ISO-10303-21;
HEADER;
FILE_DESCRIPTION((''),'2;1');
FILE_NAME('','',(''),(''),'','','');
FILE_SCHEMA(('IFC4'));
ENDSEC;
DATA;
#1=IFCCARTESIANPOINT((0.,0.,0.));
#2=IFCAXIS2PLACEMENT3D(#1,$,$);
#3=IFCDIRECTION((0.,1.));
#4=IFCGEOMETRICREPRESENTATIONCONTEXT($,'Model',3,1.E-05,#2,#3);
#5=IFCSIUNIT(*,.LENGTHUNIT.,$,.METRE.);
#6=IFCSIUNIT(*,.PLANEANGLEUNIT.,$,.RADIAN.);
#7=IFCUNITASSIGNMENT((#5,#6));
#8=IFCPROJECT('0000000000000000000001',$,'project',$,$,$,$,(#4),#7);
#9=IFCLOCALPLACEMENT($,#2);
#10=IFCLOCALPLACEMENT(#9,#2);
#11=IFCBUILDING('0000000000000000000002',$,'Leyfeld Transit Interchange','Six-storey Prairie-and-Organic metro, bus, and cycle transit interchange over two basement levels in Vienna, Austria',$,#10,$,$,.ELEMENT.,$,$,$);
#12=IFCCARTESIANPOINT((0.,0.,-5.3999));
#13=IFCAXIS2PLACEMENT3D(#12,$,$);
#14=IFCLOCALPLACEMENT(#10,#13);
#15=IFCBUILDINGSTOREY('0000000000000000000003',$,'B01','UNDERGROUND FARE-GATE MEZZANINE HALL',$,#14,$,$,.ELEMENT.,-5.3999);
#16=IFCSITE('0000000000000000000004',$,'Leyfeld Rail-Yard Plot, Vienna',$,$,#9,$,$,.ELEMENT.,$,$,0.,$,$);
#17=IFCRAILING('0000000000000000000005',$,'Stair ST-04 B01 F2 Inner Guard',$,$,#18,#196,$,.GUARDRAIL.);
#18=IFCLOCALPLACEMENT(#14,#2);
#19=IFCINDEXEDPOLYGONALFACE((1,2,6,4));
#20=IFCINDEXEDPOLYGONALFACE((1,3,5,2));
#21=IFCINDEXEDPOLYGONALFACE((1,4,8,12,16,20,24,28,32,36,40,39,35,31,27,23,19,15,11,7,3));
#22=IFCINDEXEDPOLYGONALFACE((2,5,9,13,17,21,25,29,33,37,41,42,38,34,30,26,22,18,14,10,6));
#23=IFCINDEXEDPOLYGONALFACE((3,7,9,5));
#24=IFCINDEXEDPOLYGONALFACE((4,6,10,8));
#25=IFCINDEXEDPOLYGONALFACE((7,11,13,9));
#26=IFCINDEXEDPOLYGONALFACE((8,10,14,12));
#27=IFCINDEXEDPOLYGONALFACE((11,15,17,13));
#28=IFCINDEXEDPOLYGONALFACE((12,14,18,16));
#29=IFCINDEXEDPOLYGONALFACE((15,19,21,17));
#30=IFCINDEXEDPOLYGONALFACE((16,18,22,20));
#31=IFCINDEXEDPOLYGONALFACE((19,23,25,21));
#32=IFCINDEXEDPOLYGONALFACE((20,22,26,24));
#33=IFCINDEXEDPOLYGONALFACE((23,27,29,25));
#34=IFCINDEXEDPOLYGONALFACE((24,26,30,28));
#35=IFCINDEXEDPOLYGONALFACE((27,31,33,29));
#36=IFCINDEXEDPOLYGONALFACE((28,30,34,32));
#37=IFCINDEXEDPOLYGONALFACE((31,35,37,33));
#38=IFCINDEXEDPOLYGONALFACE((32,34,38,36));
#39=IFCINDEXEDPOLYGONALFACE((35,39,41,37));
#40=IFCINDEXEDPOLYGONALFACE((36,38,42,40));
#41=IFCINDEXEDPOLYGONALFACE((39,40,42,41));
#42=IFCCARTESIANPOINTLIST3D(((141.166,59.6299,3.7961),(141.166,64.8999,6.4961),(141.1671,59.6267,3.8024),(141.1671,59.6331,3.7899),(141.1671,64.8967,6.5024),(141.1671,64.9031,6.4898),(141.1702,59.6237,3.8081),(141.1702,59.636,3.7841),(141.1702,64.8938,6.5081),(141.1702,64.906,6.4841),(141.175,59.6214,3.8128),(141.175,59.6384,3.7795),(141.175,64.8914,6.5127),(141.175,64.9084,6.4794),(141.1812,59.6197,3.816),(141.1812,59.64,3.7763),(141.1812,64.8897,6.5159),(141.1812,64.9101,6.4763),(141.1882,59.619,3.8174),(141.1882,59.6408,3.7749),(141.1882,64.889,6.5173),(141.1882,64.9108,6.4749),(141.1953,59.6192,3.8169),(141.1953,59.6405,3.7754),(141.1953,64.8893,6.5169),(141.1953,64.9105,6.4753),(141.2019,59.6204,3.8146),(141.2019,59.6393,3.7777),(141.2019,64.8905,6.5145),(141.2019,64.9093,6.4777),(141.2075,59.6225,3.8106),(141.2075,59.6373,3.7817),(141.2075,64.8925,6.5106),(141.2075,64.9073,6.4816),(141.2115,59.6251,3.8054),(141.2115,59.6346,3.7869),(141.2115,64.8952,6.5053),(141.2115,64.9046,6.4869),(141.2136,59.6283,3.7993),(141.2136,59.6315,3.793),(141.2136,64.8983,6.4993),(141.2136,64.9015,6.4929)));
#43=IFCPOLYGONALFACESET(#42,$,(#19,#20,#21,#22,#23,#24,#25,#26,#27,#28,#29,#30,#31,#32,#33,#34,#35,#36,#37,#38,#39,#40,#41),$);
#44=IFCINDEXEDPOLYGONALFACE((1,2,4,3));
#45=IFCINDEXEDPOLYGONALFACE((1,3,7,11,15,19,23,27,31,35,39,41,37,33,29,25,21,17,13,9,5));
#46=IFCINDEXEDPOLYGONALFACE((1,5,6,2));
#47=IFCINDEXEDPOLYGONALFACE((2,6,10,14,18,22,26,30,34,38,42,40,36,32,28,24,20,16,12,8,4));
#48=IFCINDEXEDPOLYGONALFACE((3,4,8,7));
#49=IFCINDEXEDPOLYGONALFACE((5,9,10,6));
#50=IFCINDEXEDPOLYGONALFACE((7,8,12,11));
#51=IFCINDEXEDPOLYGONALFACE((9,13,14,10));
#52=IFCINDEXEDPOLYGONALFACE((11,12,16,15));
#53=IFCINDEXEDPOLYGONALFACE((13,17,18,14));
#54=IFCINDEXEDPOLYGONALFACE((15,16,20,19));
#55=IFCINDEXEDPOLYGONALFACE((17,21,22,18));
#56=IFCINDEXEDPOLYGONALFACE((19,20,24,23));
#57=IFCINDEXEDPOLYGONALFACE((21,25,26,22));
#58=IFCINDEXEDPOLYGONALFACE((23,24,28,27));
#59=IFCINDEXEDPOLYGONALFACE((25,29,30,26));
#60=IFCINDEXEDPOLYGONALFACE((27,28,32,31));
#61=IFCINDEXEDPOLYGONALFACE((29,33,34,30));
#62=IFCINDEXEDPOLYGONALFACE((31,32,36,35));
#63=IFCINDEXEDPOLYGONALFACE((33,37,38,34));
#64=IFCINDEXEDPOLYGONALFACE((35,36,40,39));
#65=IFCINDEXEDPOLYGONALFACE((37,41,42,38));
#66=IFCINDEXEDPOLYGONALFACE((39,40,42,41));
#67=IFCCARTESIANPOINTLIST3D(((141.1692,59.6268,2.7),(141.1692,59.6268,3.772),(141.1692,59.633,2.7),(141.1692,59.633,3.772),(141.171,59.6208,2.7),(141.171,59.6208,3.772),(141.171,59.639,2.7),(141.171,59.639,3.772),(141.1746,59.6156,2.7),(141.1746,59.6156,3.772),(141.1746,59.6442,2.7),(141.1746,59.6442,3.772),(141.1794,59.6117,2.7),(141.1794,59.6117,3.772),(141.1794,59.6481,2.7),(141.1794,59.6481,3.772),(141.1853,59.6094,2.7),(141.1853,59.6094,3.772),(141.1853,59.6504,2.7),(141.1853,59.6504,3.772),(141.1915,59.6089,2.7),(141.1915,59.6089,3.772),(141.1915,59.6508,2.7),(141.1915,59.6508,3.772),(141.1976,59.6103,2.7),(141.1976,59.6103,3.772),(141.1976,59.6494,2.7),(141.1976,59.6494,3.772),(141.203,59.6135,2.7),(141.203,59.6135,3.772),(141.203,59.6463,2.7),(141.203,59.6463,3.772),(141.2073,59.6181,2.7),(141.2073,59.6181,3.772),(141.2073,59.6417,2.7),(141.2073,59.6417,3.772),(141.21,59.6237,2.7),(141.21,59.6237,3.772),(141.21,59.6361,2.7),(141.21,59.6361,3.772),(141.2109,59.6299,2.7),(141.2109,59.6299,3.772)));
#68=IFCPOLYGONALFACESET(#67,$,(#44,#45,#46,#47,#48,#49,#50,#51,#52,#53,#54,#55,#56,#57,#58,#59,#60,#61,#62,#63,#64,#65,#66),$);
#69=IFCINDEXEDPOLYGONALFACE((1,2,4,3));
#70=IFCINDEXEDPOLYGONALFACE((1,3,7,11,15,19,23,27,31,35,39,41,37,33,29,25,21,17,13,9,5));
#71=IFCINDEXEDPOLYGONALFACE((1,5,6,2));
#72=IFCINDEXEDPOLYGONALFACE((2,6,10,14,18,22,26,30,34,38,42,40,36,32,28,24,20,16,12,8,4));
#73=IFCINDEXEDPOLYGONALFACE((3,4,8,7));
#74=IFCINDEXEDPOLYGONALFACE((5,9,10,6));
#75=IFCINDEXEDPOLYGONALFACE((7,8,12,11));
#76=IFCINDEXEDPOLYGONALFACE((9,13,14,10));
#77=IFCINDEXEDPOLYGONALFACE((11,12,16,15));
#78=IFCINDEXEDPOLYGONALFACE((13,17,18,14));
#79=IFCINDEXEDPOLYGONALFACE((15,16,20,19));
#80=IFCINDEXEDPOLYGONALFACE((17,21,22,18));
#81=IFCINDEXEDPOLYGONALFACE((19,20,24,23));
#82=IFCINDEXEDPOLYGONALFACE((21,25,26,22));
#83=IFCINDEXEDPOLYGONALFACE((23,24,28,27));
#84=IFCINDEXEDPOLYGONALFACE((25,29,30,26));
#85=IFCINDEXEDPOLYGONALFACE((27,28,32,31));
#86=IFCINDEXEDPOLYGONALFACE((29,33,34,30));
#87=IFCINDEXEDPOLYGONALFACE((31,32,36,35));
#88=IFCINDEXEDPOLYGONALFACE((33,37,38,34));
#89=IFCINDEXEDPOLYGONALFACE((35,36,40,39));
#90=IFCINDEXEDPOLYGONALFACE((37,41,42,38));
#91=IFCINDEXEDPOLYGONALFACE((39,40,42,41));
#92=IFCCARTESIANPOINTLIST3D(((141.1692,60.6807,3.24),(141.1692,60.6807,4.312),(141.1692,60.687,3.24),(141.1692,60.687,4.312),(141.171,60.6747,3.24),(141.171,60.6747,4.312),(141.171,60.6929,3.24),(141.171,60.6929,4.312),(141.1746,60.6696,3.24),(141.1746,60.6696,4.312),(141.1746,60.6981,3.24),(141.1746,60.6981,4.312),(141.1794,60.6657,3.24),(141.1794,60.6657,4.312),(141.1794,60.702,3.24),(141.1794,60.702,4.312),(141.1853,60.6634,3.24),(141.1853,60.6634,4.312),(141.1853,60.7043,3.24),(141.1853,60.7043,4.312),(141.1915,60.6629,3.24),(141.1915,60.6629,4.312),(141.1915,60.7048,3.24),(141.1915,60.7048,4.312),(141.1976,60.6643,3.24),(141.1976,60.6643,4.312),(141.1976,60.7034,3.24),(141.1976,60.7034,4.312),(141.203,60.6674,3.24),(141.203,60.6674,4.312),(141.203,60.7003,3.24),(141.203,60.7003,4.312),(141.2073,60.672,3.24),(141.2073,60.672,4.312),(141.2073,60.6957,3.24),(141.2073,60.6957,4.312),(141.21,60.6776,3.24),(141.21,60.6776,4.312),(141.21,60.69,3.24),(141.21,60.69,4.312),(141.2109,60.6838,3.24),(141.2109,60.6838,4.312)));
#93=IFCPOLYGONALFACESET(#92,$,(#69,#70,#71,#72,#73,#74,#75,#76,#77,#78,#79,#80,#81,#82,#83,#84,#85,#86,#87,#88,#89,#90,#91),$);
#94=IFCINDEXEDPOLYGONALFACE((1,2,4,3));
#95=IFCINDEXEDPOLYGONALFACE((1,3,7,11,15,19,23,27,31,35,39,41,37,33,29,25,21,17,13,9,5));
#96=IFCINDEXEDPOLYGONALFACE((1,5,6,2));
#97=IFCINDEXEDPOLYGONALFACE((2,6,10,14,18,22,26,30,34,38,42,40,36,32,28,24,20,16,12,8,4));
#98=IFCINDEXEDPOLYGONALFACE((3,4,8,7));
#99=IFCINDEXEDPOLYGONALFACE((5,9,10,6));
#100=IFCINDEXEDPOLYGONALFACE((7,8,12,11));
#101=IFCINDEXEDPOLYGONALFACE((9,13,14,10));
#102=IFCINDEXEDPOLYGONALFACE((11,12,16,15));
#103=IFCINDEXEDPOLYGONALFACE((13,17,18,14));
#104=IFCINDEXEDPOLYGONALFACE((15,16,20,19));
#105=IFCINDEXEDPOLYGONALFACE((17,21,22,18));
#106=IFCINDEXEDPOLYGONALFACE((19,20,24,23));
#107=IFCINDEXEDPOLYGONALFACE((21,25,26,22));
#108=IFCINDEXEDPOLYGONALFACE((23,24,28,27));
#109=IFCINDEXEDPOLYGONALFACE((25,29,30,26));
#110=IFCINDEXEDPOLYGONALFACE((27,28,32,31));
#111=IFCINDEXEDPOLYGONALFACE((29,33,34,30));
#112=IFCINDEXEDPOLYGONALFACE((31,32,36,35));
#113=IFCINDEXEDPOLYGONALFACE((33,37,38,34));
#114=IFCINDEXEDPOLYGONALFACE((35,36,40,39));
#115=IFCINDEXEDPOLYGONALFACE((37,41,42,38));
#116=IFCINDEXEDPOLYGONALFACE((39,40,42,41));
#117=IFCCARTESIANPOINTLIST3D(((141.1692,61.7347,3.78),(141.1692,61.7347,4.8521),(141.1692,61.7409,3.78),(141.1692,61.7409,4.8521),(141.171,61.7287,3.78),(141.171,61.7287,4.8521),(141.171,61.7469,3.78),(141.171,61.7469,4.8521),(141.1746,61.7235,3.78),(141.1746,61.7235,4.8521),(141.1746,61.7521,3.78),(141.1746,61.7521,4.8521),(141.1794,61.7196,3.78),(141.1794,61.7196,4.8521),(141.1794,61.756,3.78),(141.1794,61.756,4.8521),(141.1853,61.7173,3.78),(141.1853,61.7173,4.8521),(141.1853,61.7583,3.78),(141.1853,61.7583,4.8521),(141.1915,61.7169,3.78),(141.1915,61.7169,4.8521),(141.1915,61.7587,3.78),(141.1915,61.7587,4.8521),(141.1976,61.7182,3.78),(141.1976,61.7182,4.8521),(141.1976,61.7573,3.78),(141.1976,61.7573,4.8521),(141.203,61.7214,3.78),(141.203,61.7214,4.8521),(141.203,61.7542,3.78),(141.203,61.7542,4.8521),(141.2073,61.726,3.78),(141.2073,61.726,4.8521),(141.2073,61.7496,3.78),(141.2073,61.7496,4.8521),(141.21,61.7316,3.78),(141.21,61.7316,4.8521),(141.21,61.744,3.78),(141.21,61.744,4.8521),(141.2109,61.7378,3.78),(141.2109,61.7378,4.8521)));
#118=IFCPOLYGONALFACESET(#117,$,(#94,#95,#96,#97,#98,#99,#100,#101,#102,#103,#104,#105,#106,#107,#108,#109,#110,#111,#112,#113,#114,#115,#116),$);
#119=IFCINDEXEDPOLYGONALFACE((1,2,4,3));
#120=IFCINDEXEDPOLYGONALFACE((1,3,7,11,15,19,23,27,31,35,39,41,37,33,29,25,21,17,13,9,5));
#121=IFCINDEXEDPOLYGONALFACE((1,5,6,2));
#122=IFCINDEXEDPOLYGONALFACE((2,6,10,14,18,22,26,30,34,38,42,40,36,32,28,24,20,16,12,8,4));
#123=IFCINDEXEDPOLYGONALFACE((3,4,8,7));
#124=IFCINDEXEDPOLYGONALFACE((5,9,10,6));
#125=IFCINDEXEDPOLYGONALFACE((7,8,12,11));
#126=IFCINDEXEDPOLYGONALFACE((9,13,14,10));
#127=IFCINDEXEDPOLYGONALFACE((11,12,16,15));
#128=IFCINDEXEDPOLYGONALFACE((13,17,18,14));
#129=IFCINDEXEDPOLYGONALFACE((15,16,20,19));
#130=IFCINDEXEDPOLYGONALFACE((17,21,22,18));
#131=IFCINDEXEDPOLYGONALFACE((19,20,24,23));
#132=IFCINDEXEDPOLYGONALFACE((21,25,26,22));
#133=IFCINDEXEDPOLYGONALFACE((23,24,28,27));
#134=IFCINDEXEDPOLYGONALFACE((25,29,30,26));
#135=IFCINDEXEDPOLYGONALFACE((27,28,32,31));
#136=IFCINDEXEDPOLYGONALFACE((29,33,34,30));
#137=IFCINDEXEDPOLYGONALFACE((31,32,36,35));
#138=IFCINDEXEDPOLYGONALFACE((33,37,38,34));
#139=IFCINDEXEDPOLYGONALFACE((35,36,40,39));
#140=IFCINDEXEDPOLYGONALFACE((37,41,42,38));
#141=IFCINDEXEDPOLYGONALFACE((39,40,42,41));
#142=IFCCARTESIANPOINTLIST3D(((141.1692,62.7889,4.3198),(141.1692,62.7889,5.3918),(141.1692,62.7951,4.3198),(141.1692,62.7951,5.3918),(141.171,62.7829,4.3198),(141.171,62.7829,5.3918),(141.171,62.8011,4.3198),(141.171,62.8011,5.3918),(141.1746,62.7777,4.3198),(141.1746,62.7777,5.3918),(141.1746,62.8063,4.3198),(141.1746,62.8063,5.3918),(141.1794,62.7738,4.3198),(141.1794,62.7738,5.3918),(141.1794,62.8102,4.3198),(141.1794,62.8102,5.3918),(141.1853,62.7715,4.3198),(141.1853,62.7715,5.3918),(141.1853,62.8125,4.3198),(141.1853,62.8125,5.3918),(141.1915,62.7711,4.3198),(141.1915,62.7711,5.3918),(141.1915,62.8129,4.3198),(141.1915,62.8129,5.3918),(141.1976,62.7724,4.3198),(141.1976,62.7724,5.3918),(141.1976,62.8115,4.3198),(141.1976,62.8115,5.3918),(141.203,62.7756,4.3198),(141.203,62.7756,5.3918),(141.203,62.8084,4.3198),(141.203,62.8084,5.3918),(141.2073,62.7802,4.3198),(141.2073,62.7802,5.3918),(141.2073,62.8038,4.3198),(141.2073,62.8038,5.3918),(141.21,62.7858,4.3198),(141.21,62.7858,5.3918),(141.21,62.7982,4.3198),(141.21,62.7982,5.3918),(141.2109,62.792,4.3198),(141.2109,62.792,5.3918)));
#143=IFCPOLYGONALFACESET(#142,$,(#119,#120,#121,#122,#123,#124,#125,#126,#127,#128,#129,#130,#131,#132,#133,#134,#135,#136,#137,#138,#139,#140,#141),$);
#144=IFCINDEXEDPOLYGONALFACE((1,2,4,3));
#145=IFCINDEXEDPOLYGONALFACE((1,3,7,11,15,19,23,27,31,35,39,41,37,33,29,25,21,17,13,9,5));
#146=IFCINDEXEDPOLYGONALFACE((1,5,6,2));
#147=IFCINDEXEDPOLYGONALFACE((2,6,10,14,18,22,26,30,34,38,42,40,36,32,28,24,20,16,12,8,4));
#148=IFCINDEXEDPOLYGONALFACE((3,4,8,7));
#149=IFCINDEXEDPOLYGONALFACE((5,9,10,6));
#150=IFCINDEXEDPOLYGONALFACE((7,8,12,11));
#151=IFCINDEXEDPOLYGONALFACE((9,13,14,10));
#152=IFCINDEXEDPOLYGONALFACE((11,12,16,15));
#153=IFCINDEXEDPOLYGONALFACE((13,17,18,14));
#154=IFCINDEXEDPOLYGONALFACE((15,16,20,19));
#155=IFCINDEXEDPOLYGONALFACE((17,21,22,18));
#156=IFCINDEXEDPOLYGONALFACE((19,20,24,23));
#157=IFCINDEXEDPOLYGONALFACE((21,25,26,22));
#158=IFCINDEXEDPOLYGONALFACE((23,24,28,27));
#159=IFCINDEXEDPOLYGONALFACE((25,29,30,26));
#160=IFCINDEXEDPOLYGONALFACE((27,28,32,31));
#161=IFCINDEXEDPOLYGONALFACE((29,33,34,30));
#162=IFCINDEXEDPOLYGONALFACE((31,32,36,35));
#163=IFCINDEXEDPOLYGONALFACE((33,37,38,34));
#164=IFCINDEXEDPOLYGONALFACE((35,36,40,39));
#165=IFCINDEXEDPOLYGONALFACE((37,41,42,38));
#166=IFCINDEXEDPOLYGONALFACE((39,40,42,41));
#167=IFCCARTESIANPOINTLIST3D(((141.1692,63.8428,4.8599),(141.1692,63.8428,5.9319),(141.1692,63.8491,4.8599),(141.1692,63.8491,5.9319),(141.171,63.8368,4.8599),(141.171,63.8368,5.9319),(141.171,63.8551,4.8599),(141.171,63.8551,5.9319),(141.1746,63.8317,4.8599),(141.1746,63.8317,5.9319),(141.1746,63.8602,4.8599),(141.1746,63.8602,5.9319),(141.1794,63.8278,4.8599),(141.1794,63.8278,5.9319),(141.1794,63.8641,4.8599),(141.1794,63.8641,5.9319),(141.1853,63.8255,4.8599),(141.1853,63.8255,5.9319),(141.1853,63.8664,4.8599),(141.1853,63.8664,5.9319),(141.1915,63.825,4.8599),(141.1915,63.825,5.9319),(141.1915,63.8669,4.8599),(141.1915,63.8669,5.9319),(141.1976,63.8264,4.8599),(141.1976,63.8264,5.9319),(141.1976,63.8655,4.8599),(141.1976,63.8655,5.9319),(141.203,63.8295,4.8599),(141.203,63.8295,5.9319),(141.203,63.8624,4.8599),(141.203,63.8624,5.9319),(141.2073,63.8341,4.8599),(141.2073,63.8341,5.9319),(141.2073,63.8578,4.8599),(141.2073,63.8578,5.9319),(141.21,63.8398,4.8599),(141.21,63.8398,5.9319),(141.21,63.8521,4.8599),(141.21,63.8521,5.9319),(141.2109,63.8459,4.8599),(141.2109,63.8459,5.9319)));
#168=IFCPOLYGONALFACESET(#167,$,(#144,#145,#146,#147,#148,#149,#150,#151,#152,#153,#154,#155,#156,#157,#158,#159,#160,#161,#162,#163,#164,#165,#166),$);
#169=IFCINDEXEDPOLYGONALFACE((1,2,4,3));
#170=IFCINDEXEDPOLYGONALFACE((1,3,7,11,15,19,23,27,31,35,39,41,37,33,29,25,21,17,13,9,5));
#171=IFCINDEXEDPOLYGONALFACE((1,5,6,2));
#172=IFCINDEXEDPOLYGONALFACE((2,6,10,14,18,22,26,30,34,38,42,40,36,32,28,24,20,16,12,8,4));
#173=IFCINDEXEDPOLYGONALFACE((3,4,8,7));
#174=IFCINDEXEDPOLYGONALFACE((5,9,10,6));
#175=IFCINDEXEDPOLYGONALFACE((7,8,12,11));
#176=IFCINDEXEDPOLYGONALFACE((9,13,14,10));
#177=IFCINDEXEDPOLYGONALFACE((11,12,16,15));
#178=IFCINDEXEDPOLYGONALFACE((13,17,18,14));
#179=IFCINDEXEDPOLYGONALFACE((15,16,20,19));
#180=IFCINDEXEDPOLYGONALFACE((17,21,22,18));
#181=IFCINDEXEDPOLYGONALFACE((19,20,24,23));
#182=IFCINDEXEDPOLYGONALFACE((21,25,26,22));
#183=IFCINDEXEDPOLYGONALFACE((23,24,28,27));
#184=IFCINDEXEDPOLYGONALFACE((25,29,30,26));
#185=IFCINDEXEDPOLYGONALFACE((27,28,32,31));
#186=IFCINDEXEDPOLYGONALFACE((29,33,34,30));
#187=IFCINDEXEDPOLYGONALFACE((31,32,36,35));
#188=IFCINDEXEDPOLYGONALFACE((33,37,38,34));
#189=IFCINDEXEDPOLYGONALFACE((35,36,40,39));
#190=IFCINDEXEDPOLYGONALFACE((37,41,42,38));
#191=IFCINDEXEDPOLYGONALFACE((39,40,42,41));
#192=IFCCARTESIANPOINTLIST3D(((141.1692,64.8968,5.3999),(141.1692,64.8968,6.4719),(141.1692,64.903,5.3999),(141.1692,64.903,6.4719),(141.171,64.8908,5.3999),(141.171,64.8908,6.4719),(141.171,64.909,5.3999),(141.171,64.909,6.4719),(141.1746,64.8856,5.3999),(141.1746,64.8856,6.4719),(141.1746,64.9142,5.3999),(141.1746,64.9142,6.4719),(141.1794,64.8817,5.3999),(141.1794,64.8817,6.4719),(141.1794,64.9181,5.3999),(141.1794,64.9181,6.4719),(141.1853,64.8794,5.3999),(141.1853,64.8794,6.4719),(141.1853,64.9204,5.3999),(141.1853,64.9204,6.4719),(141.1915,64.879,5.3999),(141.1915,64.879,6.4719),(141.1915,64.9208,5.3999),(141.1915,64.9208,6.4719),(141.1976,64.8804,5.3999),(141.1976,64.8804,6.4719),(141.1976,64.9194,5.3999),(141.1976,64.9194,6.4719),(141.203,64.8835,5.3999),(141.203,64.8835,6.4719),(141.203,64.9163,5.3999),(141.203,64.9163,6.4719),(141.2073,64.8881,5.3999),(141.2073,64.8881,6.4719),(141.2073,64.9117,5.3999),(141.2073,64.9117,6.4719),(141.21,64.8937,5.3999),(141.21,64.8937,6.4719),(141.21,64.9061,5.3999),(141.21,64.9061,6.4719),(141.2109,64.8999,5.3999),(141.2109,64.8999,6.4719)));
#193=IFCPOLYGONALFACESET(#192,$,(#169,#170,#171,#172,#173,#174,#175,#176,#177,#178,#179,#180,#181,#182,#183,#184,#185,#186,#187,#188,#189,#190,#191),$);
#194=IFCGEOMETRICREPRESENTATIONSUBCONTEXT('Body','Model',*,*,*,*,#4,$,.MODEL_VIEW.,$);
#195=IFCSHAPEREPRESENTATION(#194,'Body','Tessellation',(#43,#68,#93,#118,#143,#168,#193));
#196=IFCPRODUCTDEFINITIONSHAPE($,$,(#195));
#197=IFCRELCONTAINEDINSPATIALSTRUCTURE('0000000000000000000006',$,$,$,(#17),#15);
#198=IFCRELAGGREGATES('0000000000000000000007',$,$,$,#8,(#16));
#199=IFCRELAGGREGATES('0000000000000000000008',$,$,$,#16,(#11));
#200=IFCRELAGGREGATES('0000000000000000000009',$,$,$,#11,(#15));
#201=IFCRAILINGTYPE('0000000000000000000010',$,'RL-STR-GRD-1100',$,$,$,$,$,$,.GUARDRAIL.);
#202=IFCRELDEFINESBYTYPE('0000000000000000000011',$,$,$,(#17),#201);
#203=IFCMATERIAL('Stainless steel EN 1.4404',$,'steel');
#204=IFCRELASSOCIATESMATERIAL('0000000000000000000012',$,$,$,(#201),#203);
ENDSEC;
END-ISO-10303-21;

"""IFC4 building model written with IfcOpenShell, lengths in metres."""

from ifc_helpers import new_model, si_unit, direction, frame, origin, origin_2d, place, context, subcontext, project, spatial, circle, extrude, material, type_object, element, save


model = new_model("IFC4")

# Units and contexts
model_context = context("Model", 3, precision=1e-05, world=origin(), true_north=direction((0.0, 1.0)))
body_context = subcontext(model_context, "Body", "Model", "MODEL_VIEW")
ifc_project = project(units=[si_unit("LENGTHUNIT", "METRE"), si_unit("PLANEANGLEUNIT", "RADIAN")], contexts=[model_context])

# Site, building, storey
site_placement = place(None, origin())
site = spatial("IfcSite", under=ifc_project, at=site_placement, Name="Leyfeld Rail-Yard Plot, Vienna", CompositionType="ELEMENT", RefElevation=0.0)
building_placement = place(site_placement, origin())
building = spatial("IfcBuilding", under=site, at=building_placement, Name="Leyfeld Transit Interchange", Description="Six-storey Prairie-and-Organic metro, bus, and cycle transit interchange over two basement levels in Vienna, Austria", CompositionType="ELEMENT")
storey_placement = place(building_placement, frame((0.0, 0.0, -5.3999)))
storey = spatial("IfcBuildingStorey", under=building, at=storey_placement, Name="B01", Description="UNDERGROUND FARE-GATE MEZZANINE HALL", CompositionType="ELEMENT", Elevation=-5.3999)

# Railing
ifc_material_1 = material(Name="Stainless steel EN 1.4404", Category="steel")
railing_type_1 = type_object("IfcRailingType", Name="RL-STR-GRD-1100", PredefinedType="GUARDRAIL", material=ifc_material_1)
for number, where, name in (
    (1, (141.1899, 59.6299, 2.7), "Stair ST-04 B01 F2 Inner Guard"),
):
    element("IfcRailing", number, at=place(storey_placement, frame(where)), inside=storey, type_object=railing_type_1, Name=name, PredefinedType="GUARDRAIL", context=body_context, shape_type="SweptSolid", body=[
        extrude(circle(Radius=0.0239, at=origin_2d()), frame((0.0, 0.0, 1.0962), z_axis=(0.0, 0.889997, 0.455966), x_axis=(-1.0, 0.0, 0.0)), (0.0, 0.0, 1.0), 5.9214),
        extrude(circle(Radius=0.021, at=origin_2d()), origin(), (0.0, 0.0, 1.0), 1.072),
        extrude(circle(Radius=0.021, at=origin_2d()), frame((0.0, 1.054, 0.54)), (0.0, 0.0, 1.0), 1.072),
        extrude(circle(Radius=0.021, at=origin_2d()), frame((0.0, 2.1079, 1.0801)), (0.0, 0.0, 1.0), 1.072),
        extrude(circle(Radius=0.021, at=origin_2d()), frame((0.0, 3.1621, 1.6199)), (0.0, 0.0, 1.0), 1.072),
        extrude(circle(Radius=0.021, at=origin_2d()), frame((0.0, 4.2161, 2.1599)), (0.0, 0.0, 1.0), 1.072),
        extrude(circle(Radius=0.021, at=origin_2d()), frame((0.0, 5.27, 2.7)), (0.0, 0.0, 1.0), 1.072),
    ])

save(model, "model.ifc")
